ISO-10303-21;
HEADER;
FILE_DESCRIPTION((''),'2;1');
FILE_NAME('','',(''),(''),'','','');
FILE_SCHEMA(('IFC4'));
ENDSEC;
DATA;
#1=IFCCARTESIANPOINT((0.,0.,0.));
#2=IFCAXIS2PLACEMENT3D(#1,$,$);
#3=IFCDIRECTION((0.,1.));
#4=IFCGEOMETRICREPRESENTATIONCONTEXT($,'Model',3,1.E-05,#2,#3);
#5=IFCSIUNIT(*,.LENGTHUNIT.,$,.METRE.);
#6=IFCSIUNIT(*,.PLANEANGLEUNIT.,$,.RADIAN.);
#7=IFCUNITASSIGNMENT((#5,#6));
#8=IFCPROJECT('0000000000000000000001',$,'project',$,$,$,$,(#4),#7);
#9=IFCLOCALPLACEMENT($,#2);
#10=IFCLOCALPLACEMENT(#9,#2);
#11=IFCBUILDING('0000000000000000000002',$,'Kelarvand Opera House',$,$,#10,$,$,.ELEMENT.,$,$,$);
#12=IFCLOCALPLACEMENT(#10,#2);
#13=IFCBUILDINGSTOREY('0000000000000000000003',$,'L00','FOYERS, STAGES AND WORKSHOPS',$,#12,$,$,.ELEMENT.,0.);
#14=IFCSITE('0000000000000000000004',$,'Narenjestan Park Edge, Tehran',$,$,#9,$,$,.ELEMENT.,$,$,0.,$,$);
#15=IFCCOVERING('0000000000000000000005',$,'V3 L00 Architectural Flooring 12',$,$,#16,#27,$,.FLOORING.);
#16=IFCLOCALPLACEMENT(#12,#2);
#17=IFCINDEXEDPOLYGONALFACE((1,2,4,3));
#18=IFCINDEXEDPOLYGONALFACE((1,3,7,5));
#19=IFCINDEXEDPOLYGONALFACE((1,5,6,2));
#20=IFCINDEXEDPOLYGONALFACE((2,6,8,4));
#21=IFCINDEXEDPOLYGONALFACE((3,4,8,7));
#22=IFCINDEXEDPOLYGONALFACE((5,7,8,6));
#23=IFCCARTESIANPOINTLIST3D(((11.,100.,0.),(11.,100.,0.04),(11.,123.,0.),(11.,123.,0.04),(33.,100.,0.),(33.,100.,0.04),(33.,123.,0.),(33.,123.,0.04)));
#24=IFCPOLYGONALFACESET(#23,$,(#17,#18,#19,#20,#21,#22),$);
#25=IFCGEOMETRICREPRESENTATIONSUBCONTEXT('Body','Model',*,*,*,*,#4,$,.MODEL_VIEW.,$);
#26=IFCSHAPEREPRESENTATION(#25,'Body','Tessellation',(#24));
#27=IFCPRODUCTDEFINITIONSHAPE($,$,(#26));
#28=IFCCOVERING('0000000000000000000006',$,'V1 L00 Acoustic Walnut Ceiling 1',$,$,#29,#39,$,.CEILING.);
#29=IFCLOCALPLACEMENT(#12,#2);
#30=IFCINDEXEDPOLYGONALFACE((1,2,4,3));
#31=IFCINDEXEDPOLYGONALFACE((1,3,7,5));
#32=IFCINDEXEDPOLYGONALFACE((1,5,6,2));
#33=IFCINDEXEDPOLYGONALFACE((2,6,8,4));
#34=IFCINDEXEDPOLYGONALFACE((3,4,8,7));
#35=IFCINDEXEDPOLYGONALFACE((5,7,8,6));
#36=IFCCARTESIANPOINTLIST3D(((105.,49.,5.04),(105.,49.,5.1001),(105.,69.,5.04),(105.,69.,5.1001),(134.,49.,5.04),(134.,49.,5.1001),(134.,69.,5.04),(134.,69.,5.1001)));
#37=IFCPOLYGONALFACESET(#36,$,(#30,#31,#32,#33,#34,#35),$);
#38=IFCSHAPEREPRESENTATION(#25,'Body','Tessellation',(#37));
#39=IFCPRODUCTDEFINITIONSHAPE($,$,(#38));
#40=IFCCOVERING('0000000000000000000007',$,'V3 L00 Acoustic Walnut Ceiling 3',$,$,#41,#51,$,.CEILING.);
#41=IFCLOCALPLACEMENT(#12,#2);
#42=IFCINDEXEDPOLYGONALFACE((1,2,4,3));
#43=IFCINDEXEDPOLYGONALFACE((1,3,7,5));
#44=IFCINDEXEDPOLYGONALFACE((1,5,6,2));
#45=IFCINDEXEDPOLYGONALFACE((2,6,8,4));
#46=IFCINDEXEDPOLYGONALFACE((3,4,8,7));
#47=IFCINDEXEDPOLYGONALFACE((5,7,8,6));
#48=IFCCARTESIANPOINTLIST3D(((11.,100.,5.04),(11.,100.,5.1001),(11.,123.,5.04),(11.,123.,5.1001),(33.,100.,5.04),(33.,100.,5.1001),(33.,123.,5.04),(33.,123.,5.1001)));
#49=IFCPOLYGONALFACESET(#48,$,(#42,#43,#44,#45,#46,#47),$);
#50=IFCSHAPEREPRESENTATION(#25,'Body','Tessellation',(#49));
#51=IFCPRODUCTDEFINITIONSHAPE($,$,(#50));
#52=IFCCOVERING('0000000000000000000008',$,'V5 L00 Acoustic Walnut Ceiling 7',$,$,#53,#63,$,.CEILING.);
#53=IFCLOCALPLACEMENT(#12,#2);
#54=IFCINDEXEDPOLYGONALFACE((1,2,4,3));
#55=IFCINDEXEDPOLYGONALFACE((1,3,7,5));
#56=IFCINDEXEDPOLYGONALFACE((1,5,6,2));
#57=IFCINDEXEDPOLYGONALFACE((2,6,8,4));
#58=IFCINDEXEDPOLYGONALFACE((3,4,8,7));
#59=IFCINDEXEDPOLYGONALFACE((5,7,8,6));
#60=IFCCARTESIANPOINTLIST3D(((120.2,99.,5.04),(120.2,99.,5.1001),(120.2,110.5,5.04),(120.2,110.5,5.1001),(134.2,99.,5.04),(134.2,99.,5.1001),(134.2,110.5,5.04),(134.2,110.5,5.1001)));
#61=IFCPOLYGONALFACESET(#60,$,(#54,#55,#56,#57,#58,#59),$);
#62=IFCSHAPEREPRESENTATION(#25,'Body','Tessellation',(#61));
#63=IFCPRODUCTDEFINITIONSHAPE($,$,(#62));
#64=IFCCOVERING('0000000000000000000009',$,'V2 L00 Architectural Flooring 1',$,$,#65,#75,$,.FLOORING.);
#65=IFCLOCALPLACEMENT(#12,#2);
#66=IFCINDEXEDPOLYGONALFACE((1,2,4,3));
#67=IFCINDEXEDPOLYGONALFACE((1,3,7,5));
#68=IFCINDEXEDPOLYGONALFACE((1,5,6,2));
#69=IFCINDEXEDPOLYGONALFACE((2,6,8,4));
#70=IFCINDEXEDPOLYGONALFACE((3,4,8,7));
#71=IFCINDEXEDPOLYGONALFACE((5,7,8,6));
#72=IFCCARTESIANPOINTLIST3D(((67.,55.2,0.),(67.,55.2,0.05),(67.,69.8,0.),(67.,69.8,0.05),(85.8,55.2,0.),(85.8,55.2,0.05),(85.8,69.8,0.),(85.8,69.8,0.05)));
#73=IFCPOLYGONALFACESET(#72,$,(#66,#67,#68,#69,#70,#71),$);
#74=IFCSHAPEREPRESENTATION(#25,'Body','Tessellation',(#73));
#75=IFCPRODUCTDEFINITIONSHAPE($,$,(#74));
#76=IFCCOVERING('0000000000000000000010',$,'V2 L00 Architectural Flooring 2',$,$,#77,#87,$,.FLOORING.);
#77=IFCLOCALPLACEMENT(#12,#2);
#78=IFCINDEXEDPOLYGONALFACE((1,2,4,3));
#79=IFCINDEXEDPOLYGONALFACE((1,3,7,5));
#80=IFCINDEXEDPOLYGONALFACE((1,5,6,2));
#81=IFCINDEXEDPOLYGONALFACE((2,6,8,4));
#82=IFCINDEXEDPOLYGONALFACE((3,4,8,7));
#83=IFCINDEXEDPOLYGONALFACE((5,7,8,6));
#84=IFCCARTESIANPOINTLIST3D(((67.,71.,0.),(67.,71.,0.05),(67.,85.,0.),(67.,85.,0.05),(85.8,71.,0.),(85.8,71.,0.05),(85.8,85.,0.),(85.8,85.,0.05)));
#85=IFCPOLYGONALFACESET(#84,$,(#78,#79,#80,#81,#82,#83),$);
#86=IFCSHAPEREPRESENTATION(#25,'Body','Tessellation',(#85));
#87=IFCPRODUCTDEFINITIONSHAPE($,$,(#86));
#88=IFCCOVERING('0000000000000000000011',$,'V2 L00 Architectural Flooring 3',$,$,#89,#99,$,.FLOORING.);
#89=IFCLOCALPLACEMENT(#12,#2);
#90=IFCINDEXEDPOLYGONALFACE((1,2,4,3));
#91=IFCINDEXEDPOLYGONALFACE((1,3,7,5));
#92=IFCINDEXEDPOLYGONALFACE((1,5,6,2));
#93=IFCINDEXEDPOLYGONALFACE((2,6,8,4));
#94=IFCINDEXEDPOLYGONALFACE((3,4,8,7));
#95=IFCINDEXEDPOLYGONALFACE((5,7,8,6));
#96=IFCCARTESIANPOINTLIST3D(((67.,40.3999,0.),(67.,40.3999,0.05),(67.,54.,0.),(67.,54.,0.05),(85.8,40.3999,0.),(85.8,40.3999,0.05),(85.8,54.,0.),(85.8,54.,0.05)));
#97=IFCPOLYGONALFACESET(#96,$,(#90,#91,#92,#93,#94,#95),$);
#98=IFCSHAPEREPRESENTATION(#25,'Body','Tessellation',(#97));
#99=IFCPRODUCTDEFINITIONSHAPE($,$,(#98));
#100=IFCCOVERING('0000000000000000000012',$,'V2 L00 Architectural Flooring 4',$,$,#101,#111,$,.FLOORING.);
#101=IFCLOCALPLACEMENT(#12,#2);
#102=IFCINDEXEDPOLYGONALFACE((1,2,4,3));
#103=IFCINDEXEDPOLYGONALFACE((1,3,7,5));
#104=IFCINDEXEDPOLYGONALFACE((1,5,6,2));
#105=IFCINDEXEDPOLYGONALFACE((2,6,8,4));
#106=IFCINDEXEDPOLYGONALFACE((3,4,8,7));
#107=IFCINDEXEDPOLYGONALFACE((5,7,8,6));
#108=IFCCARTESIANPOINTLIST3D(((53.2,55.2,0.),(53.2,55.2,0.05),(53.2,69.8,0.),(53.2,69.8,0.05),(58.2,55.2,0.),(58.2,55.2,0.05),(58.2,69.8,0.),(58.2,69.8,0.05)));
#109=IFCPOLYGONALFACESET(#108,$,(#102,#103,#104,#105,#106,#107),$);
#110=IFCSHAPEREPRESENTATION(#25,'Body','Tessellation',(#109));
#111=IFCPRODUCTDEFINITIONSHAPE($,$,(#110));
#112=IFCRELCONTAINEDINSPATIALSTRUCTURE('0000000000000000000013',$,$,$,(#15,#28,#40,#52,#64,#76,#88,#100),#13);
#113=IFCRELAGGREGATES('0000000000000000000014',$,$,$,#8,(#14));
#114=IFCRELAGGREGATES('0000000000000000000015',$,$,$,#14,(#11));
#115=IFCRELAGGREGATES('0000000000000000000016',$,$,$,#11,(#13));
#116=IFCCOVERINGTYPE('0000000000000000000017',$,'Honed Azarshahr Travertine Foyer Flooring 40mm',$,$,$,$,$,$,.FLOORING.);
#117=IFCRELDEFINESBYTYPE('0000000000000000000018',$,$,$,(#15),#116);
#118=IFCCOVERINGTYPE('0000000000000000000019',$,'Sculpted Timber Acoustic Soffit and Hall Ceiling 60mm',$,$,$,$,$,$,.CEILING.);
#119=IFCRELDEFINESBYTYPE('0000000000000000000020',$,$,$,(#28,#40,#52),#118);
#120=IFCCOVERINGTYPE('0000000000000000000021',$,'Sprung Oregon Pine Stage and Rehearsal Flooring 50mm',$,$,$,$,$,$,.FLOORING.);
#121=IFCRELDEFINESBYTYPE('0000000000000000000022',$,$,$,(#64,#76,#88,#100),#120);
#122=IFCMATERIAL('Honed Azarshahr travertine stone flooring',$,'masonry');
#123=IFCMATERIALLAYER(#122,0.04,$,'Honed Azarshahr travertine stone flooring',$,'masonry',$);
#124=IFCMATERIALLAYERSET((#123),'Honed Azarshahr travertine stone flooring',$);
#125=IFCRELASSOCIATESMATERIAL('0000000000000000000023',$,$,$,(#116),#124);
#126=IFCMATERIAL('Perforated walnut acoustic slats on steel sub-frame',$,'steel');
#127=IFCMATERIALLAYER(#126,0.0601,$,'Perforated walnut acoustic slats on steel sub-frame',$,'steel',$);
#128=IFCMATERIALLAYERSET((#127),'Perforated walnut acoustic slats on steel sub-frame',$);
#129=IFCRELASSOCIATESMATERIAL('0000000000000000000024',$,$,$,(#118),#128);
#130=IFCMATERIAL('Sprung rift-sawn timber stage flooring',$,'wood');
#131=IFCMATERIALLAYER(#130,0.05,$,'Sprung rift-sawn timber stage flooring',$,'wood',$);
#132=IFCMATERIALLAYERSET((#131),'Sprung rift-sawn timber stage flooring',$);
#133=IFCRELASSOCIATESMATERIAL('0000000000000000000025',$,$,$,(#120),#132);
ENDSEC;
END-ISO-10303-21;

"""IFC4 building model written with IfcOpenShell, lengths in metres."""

from ifc_helpers import new_model, si_unit, direction, frame, origin, place, context, subcontext, project, spatial, polyline, outline, extrude, material, layer, layer_set, type_object, element, save


model = new_model("IFC4")

# Units and contexts
model_context = context("Model", 3, precision=1e-05, world=origin(), true_north=direction((0.0, 1.0)))
body_context = subcontext(model_context, "Body", "Model", "MODEL_VIEW")
ifc_project = project(units=[si_unit("LENGTHUNIT", "METRE"), si_unit("PLANEANGLEUNIT", "RADIAN")], contexts=[model_context])

# Site, building, storey
site_placement = place(None, origin())
site = spatial("IfcSite", under=ifc_project, at=site_placement, Name="Narenjestan Park Edge, Tehran", CompositionType="ELEMENT", RefElevation=0.0)
building_placement = place(site_placement, origin())
building = spatial("IfcBuilding", under=site, at=building_placement, Name="Kelarvand Opera House", CompositionType="ELEMENT")
storey_placement = place(building_placement, origin())
storey = spatial("IfcBuildingStorey", under=building, at=storey_placement, Name="L00", Description="FOYERS, STAGES AND WORKSHOPS", CompositionType="ELEMENT", Elevation=0.0)

# Coverings
ifc_material_1 = material(Name="Honed Azarshahr travertine stone flooring", Category="masonry")
ifc_layer_1 = layer(ifc_material_1, 0.04, Name="Honed Azarshahr travertine stone flooring", Category="masonry")
ifc_layer_set_1 = layer_set([ifc_layer_1], Name="Honed Azarshahr travertine stone flooring")
covering_type_1 = type_object("IfcCoveringType", Name="Honed Azarshahr Travertine Foyer Flooring 40mm", PredefinedType="FLOORING", material=ifc_layer_set_1)
covering_1_placement = place(storey_placement, origin())
element("IfcCovering", 1, at=covering_1_placement, inside=storey, type_object=covering_type_1, Name="V3 L00 Architectural Flooring 12", PredefinedType="FLOORING", context=body_context, shape_type="SweptSolid", body=[
    extrude(outline(polyline([(11.0, 100.0), (33.0, 100.0), (33.0, 123.0), (11.0, 123.0), (11.0, 100.0)])), origin(), (0.0, 0.0, 1.0), 0.04),
])
ifc_material_2 = material(Name="Perforated walnut acoustic slats on steel sub-frame", Category="steel")
ifc_layer_2 = layer(ifc_material_2, 0.0601, Name="Perforated walnut acoustic slats on steel sub-frame", Category="steel")
ifc_layer_set_2 = layer_set([ifc_layer_2], Name="Perforated walnut acoustic slats on steel sub-frame")
covering_type_2 = type_object("IfcCoveringType", Name="Sculpted Timber Acoustic Soffit and Hall Ceiling 60mm", PredefinedType="CEILING", material=ifc_layer_set_2)
covering_2_placement = place(storey_placement, frame((0.0, 0.0, 5.04)))
element("IfcCovering", 2, at=covering_2_placement, inside=storey, type_object=covering_type_2, Name="V1 L00 Acoustic Walnut Ceiling 1", PredefinedType="CEILING", context=body_context, shape_type="SweptSolid", body=[
    extrude(outline(polyline([(105.0, 49.0), (134.0, 49.0), (134.0, 69.0), (105.0, 69.0), (105.0, 49.0)])), origin(), (0.0, 0.0, 1.0), 0.0601),
])
covering_3_placement = place(storey_placement, frame((0.0, 0.0, 5.04)))
element("IfcCovering", 3, at=covering_3_placement, inside=storey, type_object=covering_type_2, Name="V3 L00 Acoustic Walnut Ceiling 3", PredefinedType="CEILING", context=body_context, shape_type="SweptSolid", body=[
    extrude(outline(polyline([(11.0, 100.0), (33.0, 100.0), (33.0, 123.0), (11.0, 123.0), (11.0, 100.0)])), origin(), (0.0, 0.0, 1.0), 0.0601),
])
covering_4_placement = place(storey_placement, frame((0.0, 0.0, 5.04)))
element("IfcCovering", 4, at=covering_4_placement, inside=storey, type_object=covering_type_2, Name="V5 L00 Acoustic Walnut Ceiling 7", PredefinedType="CEILING", context=body_context, shape_type="SweptSolid", body=[
    extrude(outline(polyline([(120.2, 99.0), (134.2, 99.0), (134.2, 110.5), (120.2, 110.5), (120.2, 99.0)])), origin(), (0.0, 0.0, 1.0), 0.0601),
])
ifc_material_3 = material(Name="Sprung rift-sawn timber stage flooring", Category="wood")
ifc_layer_3 = layer(ifc_material_3, 0.05, Name="Sprung rift-sawn timber stage flooring", Category="wood")
ifc_layer_set_3 = layer_set([ifc_layer_3], Name="Sprung rift-sawn timber stage flooring")
covering_type_3 = type_object("IfcCoveringType", Name="Sprung Oregon Pine Stage and Rehearsal Flooring 50mm", PredefinedType="FLOORING", material=ifc_layer_set_3)
covering_5_placement = place(storey_placement, origin())
element("IfcCovering", 5, at=covering_5_placement, inside=storey, type_object=covering_type_3, Name="V2 L00 Architectural Flooring 1", PredefinedType="FLOORING", context=body_context, shape_type="SweptSolid", body=[
    extrude(outline(polyline([(67.0, 55.2), (85.8, 55.2), (85.8, 69.8), (67.0, 69.8), (67.0, 55.2)])), origin(), (0.0, 0.0, 1.0), 0.05),
])
covering_6_placement = place(storey_placement, origin())
element("IfcCovering", 6, at=covering_6_placement, inside=storey, type_object=covering_type_3, Name="V2 L00 Architectural Flooring 2", PredefinedType="FLOORING", context=body_context, shape_type="SweptSolid", body=[
    extrude(outline(polyline([(67.0, 71.0), (85.8, 71.0), (85.8, 85.0), (67.0, 85.0), (67.0, 71.0)])), origin(), (0.0, 0.0, 1.0), 0.05),
])
covering_7_placement = place(storey_placement, origin())
element("IfcCovering", 7, at=covering_7_placement, inside=storey, type_object=covering_type_3, Name="V2 L00 Architectural Flooring 3", PredefinedType="FLOORING", context=body_context, shape_type="SweptSolid", body=[
    extrude(outline(polyline([(67.0, 40.3999), (85.8, 40.3999), (85.8, 54.0), (67.0, 54.0), (67.0, 40.3999)])), origin(), (0.0, 0.0, 1.0), 0.05),
])
covering_8_placement = place(storey_placement, origin())
element("IfcCovering", 8, at=covering_8_placement, inside=storey, type_object=covering_type_3, Name="V2 L00 Architectural Flooring 4", PredefinedType="FLOORING", context=body_context, shape_type="SweptSolid", body=[
    extrude(outline(polyline([(53.2, 55.2), (58.2, 55.2), (58.2, 69.8), (53.2, 69.8), (53.2, 55.2)])), origin(), (0.0, 0.0, 1.0), 0.05),
])

save(model, "model.ifc")
